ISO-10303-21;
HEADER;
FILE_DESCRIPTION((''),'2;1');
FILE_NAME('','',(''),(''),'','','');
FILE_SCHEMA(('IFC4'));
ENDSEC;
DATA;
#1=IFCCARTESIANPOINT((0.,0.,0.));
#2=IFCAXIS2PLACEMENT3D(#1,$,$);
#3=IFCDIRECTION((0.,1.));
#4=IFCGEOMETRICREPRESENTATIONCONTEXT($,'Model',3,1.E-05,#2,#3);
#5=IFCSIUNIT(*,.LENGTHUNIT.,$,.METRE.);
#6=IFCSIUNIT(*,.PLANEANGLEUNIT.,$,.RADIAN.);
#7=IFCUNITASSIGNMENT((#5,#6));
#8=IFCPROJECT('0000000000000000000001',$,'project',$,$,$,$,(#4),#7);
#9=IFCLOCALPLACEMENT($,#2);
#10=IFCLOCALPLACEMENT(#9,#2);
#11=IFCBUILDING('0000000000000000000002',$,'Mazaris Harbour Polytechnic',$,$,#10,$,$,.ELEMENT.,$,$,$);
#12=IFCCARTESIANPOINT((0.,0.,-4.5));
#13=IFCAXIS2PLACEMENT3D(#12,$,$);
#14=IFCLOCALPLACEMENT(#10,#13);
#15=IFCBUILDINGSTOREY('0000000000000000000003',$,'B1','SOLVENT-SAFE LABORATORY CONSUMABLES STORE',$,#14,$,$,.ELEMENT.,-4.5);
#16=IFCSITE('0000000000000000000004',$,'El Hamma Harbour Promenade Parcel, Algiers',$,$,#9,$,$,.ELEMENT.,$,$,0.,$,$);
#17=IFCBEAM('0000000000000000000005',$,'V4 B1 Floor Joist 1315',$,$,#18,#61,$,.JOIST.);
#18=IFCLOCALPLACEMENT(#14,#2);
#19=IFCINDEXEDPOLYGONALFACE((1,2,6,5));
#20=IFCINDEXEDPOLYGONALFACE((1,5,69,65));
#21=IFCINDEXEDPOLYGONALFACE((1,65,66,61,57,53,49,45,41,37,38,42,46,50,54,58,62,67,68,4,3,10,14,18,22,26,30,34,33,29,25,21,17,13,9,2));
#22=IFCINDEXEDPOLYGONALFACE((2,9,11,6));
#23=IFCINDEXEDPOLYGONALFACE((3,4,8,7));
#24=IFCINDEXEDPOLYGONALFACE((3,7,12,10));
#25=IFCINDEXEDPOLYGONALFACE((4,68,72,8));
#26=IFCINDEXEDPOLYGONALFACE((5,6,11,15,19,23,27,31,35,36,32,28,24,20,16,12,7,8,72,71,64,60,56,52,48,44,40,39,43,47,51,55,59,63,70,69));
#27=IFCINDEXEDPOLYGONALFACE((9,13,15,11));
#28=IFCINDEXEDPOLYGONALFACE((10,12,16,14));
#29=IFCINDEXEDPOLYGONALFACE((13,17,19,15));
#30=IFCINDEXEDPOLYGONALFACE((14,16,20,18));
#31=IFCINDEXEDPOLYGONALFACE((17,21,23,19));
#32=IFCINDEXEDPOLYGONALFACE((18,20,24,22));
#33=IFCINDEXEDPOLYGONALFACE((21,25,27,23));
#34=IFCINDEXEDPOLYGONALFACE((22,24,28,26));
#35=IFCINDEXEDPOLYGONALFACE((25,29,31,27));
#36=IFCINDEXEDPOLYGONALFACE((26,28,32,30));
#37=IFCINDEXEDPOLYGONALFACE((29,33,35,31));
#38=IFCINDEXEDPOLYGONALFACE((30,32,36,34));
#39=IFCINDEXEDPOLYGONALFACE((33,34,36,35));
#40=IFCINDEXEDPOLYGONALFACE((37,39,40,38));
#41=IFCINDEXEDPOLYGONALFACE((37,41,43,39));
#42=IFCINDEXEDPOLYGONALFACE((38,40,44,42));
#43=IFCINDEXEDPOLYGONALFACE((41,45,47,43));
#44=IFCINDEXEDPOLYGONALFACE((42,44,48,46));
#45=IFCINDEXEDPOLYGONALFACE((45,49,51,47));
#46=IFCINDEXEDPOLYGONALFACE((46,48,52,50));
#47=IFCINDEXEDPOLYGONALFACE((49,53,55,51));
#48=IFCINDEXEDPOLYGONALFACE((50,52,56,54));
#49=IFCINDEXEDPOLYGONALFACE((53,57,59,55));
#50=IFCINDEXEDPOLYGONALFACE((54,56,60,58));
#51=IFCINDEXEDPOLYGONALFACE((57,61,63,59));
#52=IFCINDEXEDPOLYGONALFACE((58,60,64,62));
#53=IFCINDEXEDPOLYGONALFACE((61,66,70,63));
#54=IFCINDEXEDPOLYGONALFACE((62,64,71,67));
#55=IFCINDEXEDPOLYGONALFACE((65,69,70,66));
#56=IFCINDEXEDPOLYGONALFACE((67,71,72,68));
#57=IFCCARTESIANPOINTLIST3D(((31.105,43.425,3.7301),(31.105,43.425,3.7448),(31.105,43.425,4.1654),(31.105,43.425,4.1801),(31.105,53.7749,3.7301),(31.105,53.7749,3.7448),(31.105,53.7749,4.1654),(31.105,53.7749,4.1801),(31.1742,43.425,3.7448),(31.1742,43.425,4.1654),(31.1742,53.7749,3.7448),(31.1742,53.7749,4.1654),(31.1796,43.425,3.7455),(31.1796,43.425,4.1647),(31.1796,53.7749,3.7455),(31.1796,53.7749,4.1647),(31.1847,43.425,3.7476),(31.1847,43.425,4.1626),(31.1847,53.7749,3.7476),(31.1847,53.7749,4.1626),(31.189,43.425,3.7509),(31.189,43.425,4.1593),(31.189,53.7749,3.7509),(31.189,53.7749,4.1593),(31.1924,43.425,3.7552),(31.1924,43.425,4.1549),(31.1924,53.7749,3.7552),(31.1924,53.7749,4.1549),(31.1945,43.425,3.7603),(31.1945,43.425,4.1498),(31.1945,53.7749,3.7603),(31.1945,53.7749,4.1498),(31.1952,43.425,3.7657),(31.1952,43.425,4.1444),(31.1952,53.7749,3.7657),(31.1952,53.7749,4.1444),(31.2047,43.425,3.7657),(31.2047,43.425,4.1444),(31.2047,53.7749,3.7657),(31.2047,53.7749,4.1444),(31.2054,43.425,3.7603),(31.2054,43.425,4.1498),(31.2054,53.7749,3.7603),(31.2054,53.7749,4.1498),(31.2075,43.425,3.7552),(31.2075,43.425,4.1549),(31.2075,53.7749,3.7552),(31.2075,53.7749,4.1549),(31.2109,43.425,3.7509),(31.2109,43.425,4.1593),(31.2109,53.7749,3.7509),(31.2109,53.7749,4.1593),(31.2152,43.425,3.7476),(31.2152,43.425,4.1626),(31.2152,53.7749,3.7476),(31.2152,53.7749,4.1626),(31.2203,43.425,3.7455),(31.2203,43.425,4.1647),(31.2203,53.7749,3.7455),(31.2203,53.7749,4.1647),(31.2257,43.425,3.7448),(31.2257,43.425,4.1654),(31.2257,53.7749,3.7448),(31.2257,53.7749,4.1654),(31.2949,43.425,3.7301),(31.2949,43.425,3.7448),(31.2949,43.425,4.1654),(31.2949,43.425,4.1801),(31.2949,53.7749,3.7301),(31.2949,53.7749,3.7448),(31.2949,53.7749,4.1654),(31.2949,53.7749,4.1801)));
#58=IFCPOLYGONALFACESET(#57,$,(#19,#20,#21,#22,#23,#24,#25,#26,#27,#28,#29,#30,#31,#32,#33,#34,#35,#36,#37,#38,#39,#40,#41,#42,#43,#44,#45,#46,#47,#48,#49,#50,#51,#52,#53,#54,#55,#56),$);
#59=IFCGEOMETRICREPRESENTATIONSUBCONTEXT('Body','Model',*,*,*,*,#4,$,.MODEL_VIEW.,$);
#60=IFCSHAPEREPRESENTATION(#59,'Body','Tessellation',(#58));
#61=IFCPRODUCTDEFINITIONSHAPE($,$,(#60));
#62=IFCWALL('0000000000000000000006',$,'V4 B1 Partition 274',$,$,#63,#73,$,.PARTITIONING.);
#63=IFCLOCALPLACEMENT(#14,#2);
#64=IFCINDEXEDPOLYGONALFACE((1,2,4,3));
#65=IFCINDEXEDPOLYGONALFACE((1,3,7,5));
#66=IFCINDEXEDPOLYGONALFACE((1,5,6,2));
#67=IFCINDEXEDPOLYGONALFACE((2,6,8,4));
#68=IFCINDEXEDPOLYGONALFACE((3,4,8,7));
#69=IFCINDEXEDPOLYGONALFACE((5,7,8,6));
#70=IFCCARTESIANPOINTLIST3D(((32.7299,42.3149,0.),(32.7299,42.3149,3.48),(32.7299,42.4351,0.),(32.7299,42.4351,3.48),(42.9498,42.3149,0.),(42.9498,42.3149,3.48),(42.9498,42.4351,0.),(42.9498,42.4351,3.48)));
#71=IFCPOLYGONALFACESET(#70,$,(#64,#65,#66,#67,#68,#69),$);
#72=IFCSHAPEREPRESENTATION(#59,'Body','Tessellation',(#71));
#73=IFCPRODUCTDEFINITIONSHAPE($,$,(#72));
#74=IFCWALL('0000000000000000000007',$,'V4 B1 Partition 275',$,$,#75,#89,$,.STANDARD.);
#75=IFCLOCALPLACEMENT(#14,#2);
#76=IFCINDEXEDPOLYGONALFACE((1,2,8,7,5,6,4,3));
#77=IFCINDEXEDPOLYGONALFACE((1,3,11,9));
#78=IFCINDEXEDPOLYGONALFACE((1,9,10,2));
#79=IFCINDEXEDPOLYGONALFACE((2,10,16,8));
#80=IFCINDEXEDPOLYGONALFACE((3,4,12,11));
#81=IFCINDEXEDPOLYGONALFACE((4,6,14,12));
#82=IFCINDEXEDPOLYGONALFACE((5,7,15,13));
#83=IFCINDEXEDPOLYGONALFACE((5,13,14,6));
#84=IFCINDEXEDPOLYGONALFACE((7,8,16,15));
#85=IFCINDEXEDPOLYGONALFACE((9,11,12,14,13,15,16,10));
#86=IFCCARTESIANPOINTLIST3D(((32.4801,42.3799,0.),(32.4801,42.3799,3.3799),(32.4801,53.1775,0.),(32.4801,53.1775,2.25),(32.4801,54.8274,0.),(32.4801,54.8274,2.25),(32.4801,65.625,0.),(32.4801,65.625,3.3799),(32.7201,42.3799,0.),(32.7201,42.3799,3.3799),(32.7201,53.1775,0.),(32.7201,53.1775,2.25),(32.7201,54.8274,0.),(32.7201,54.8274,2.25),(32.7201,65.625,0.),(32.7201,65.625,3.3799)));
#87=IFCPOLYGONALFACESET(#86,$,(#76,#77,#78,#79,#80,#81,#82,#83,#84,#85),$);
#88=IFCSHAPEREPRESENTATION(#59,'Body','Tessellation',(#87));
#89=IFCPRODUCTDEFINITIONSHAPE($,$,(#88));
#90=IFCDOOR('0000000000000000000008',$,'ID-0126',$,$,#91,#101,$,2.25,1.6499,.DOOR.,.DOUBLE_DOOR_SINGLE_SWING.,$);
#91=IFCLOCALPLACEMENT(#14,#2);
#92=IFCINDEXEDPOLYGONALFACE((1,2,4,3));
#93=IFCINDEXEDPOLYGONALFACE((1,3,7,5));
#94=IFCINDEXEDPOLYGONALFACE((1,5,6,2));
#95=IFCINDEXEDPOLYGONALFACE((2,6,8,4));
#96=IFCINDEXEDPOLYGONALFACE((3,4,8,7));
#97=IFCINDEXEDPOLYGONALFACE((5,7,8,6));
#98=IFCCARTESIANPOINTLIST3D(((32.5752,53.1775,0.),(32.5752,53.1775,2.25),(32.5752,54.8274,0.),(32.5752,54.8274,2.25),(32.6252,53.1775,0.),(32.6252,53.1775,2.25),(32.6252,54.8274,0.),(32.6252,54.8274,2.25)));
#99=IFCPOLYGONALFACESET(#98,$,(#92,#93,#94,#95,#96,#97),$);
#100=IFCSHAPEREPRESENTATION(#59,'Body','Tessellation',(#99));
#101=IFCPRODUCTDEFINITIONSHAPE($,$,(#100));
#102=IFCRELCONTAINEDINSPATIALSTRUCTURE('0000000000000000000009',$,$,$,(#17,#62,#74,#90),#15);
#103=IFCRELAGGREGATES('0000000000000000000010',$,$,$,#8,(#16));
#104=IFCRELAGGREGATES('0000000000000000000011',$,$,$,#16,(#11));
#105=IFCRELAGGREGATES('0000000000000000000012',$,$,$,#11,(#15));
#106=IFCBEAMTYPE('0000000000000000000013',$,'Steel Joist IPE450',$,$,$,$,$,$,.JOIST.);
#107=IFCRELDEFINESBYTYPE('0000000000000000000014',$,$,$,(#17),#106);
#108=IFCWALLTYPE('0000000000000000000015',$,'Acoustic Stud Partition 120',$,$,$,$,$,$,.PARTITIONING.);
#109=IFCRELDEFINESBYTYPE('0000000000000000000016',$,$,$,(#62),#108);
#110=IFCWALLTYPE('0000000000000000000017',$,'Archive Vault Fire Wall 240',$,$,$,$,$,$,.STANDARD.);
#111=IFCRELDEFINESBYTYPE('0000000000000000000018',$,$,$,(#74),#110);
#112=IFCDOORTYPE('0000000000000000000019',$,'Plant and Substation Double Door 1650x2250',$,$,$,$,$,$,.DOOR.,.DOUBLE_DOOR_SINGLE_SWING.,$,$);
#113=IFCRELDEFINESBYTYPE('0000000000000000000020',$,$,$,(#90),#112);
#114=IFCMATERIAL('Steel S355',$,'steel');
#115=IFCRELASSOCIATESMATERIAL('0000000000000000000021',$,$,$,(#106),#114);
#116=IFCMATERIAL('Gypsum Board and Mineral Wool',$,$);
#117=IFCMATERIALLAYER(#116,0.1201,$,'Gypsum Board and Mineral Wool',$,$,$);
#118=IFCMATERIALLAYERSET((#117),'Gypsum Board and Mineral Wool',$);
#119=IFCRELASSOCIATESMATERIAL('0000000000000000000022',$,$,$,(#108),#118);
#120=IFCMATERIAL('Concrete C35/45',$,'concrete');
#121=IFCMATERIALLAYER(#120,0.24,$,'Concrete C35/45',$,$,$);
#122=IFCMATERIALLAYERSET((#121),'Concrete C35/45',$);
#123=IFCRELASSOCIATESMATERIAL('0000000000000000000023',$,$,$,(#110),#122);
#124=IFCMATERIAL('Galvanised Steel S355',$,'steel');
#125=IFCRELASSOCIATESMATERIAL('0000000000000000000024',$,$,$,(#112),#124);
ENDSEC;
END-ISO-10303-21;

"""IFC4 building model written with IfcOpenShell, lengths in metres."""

from ifc_helpers import new_model, si_unit, direction, frame, frame_2d, origin, origin_2d, place, context, subcontext, project, spatial, rectangle, i_section, extrude, material, layer, layer_set, material_profile, profile_set, type_object, element, fill, save


model = new_model("IFC4")

# Units and contexts
model_context = context("Model", 3, precision=1e-05, world=origin(), true_north=direction((0.0, 1.0)))
body_context = subcontext(model_context, "Body", "Model", "MODEL_VIEW")
ifc_project = project(units=[si_unit("LENGTHUNIT", "METRE"), si_unit("PLANEANGLEUNIT", "RADIAN")], contexts=[model_context])

# Site, building, storey
site_placement = place(None, origin())
site = spatial("IfcSite", under=ifc_project, at=site_placement, Name="El Hamma Harbour Promenade Parcel, Algiers", CompositionType="ELEMENT", RefElevation=0.0)
building_placement = place(site_placement, origin())
building = spatial("IfcBuilding", under=site, at=building_placement, Name="Mazaris Harbour Polytechnic", CompositionType="ELEMENT")
storey_placement = place(building_placement, frame((0.0, 0.0, -4.5)))
storey = spatial("IfcBuildingStorey", under=building, at=storey_placement, Name="B1", Description="SOLVENT-SAFE LABORATORY CONSUMABLES STORE", CompositionType="ELEMENT", Elevation=-4.5)

# Beam
ifc_material_1 = material(Name="Steel S355", Category="steel")
ifc_material_profile_1 = material_profile(ifc_material_1, i_section(OverallWidth=0.1899, OverallDepth=0.45, WebThickness=0.0095, FlangeThickness=0.0146, FilletRadius=0.021, at=origin_2d()), Name="IPE 450")
ifc_profile_set_1 = profile_set([ifc_material_profile_1], Name="Steel S355")
beam_type_1 = type_object("IfcBeamType", Name="Steel Joist IPE450", PredefinedType="JOIST", material=ifc_profile_set_1)
beam_1_placement = place(storey_placement, frame((31.2, 43.425, 3.9551), z_axis=(0.0, 1.0, 0.0), x_axis=(-1.0, 0.0, 0.0)))
element("IfcBeam", 1, at=beam_1_placement, inside=storey, type_object=beam_type_1, Name="V4 B1 Floor Joist 1315", PredefinedType="JOIST", context=body_context, shape_type="SweptSolid", body=[
    extrude(i_section(OverallWidth=0.1899, OverallDepth=0.45, WebThickness=0.0095, FlangeThickness=0.0146, FilletRadius=0.021, at=origin_2d()), origin(), (0.0, 0.0, 1.0), 10.3499),
])

# Wall
ifc_material_2 = material(Name="Gypsum Board and Mineral Wool")
ifc_layer_1 = layer(ifc_material_2, 0.1201, Name="Gypsum Board and Mineral Wool")
ifc_layer_set_1 = layer_set([ifc_layer_1], Name="Gypsum Board and Mineral Wool")
wall_type_1 = type_object("IfcWallType", Name="Acoustic Stud Partition 120", PredefinedType="PARTITIONING", material=ifc_layer_set_1)
wall_1_placement = place(storey_placement, frame((32.73, 42.375, 0.0), z_axis=(0.0, 0.0, 1.0), x_axis=(1.0, 0.0, 0.0)))
element("IfcWall", 2, at=wall_1_placement, inside=storey, type_object=wall_type_1, Name="V4 B1 Partition 274", PredefinedType="PARTITIONING", context=body_context, shape_type="SweptSolid", body=[
    extrude(rectangle(XDim=10.22, YDim=0.1201, at=frame_2d((5.1099, 0.0))), origin(), (0.0, 0.0, 1.0), 3.48),
])

# Wall, opening, door
ifc_material_3 = material(Name="Concrete C35/45", Category="concrete")
ifc_layer_2 = layer(ifc_material_3, 0.24, Name="Concrete C35/45")
ifc_layer_set_2 = layer_set([ifc_layer_2], Name="Concrete C35/45")
wall_type_2 = type_object("IfcWallType", Name="Archive Vault Fire Wall 240", PredefinedType="STANDARD", material=ifc_layer_set_2)
wall_2_placement = place(storey_placement, frame((32.6001, 42.3799, 0.0), z_axis=(0.0, 0.0, 1.0), x_axis=(0.0, 1.0, 0.0)))
wall_2 = element("IfcWall", 3, at=wall_2_placement, inside=storey, type_object=wall_type_2, Name="V4 B1 Partition 275", PredefinedType="STANDARD", context=body_context, shape_type="SweptSolid", body=[
    extrude(rectangle(XDim=23.2451, YDim=0.24, at=frame_2d((11.6226, 0.0))), origin(), (0.0, 0.0, 1.0), 3.3799),
])
opening_placement = place(wall_2_placement, frame((10.7976, 0.0, 0.0)))
opening = element("IfcOpeningElement", 4, at=opening_placement, cuts=wall_2, PredefinedType="OPENING", context=body_context, shape_type="SweptSolid", body=[
    extrude(rectangle(XDim=1.6499, YDim=2.25, at=frame_2d((0.825, 1.125))), frame((0.0, 0.1299, 0.0), z_axis=(0.0, -1.0, 0.0), x_axis=(1.0, 0.0, 0.0)), (0.0, 0.0, 1.0), 0.26),
])
ifc_material_4 = material(Name="Galvanised Steel S355", Category="steel")
door_type = type_object("IfcDoorType", Name="Plant and Substation Double Door 1650x2250", OperationType="DOUBLE_DOOR_SINGLE_SWING", PredefinedType="DOOR", material=ifc_material_4)
door_placement = place(opening_placement, origin())
door = element("IfcDoor", 5, at=door_placement, inside=storey, type_object=door_type, Name="ID-0126", OperationType="DOUBLE_DOOR_SINGLE_SWING", OverallHeight=2.25, OverallWidth=1.6499, PredefinedType="DOOR", context=body_context, shape_type="SweptSolid", body=[
    extrude(rectangle(XDim=1.6499, YDim=2.25, at=frame_2d((0.825, 1.125))), frame((0.0, 0.0249, 0.0), z_axis=(0.0, -1.0, 0.0), x_axis=(1.0, 0.0, 0.0)), (0.0, 0.0, 1.0), 0.05),
])
fill(opening, door)

save(model, "model.ifc")
